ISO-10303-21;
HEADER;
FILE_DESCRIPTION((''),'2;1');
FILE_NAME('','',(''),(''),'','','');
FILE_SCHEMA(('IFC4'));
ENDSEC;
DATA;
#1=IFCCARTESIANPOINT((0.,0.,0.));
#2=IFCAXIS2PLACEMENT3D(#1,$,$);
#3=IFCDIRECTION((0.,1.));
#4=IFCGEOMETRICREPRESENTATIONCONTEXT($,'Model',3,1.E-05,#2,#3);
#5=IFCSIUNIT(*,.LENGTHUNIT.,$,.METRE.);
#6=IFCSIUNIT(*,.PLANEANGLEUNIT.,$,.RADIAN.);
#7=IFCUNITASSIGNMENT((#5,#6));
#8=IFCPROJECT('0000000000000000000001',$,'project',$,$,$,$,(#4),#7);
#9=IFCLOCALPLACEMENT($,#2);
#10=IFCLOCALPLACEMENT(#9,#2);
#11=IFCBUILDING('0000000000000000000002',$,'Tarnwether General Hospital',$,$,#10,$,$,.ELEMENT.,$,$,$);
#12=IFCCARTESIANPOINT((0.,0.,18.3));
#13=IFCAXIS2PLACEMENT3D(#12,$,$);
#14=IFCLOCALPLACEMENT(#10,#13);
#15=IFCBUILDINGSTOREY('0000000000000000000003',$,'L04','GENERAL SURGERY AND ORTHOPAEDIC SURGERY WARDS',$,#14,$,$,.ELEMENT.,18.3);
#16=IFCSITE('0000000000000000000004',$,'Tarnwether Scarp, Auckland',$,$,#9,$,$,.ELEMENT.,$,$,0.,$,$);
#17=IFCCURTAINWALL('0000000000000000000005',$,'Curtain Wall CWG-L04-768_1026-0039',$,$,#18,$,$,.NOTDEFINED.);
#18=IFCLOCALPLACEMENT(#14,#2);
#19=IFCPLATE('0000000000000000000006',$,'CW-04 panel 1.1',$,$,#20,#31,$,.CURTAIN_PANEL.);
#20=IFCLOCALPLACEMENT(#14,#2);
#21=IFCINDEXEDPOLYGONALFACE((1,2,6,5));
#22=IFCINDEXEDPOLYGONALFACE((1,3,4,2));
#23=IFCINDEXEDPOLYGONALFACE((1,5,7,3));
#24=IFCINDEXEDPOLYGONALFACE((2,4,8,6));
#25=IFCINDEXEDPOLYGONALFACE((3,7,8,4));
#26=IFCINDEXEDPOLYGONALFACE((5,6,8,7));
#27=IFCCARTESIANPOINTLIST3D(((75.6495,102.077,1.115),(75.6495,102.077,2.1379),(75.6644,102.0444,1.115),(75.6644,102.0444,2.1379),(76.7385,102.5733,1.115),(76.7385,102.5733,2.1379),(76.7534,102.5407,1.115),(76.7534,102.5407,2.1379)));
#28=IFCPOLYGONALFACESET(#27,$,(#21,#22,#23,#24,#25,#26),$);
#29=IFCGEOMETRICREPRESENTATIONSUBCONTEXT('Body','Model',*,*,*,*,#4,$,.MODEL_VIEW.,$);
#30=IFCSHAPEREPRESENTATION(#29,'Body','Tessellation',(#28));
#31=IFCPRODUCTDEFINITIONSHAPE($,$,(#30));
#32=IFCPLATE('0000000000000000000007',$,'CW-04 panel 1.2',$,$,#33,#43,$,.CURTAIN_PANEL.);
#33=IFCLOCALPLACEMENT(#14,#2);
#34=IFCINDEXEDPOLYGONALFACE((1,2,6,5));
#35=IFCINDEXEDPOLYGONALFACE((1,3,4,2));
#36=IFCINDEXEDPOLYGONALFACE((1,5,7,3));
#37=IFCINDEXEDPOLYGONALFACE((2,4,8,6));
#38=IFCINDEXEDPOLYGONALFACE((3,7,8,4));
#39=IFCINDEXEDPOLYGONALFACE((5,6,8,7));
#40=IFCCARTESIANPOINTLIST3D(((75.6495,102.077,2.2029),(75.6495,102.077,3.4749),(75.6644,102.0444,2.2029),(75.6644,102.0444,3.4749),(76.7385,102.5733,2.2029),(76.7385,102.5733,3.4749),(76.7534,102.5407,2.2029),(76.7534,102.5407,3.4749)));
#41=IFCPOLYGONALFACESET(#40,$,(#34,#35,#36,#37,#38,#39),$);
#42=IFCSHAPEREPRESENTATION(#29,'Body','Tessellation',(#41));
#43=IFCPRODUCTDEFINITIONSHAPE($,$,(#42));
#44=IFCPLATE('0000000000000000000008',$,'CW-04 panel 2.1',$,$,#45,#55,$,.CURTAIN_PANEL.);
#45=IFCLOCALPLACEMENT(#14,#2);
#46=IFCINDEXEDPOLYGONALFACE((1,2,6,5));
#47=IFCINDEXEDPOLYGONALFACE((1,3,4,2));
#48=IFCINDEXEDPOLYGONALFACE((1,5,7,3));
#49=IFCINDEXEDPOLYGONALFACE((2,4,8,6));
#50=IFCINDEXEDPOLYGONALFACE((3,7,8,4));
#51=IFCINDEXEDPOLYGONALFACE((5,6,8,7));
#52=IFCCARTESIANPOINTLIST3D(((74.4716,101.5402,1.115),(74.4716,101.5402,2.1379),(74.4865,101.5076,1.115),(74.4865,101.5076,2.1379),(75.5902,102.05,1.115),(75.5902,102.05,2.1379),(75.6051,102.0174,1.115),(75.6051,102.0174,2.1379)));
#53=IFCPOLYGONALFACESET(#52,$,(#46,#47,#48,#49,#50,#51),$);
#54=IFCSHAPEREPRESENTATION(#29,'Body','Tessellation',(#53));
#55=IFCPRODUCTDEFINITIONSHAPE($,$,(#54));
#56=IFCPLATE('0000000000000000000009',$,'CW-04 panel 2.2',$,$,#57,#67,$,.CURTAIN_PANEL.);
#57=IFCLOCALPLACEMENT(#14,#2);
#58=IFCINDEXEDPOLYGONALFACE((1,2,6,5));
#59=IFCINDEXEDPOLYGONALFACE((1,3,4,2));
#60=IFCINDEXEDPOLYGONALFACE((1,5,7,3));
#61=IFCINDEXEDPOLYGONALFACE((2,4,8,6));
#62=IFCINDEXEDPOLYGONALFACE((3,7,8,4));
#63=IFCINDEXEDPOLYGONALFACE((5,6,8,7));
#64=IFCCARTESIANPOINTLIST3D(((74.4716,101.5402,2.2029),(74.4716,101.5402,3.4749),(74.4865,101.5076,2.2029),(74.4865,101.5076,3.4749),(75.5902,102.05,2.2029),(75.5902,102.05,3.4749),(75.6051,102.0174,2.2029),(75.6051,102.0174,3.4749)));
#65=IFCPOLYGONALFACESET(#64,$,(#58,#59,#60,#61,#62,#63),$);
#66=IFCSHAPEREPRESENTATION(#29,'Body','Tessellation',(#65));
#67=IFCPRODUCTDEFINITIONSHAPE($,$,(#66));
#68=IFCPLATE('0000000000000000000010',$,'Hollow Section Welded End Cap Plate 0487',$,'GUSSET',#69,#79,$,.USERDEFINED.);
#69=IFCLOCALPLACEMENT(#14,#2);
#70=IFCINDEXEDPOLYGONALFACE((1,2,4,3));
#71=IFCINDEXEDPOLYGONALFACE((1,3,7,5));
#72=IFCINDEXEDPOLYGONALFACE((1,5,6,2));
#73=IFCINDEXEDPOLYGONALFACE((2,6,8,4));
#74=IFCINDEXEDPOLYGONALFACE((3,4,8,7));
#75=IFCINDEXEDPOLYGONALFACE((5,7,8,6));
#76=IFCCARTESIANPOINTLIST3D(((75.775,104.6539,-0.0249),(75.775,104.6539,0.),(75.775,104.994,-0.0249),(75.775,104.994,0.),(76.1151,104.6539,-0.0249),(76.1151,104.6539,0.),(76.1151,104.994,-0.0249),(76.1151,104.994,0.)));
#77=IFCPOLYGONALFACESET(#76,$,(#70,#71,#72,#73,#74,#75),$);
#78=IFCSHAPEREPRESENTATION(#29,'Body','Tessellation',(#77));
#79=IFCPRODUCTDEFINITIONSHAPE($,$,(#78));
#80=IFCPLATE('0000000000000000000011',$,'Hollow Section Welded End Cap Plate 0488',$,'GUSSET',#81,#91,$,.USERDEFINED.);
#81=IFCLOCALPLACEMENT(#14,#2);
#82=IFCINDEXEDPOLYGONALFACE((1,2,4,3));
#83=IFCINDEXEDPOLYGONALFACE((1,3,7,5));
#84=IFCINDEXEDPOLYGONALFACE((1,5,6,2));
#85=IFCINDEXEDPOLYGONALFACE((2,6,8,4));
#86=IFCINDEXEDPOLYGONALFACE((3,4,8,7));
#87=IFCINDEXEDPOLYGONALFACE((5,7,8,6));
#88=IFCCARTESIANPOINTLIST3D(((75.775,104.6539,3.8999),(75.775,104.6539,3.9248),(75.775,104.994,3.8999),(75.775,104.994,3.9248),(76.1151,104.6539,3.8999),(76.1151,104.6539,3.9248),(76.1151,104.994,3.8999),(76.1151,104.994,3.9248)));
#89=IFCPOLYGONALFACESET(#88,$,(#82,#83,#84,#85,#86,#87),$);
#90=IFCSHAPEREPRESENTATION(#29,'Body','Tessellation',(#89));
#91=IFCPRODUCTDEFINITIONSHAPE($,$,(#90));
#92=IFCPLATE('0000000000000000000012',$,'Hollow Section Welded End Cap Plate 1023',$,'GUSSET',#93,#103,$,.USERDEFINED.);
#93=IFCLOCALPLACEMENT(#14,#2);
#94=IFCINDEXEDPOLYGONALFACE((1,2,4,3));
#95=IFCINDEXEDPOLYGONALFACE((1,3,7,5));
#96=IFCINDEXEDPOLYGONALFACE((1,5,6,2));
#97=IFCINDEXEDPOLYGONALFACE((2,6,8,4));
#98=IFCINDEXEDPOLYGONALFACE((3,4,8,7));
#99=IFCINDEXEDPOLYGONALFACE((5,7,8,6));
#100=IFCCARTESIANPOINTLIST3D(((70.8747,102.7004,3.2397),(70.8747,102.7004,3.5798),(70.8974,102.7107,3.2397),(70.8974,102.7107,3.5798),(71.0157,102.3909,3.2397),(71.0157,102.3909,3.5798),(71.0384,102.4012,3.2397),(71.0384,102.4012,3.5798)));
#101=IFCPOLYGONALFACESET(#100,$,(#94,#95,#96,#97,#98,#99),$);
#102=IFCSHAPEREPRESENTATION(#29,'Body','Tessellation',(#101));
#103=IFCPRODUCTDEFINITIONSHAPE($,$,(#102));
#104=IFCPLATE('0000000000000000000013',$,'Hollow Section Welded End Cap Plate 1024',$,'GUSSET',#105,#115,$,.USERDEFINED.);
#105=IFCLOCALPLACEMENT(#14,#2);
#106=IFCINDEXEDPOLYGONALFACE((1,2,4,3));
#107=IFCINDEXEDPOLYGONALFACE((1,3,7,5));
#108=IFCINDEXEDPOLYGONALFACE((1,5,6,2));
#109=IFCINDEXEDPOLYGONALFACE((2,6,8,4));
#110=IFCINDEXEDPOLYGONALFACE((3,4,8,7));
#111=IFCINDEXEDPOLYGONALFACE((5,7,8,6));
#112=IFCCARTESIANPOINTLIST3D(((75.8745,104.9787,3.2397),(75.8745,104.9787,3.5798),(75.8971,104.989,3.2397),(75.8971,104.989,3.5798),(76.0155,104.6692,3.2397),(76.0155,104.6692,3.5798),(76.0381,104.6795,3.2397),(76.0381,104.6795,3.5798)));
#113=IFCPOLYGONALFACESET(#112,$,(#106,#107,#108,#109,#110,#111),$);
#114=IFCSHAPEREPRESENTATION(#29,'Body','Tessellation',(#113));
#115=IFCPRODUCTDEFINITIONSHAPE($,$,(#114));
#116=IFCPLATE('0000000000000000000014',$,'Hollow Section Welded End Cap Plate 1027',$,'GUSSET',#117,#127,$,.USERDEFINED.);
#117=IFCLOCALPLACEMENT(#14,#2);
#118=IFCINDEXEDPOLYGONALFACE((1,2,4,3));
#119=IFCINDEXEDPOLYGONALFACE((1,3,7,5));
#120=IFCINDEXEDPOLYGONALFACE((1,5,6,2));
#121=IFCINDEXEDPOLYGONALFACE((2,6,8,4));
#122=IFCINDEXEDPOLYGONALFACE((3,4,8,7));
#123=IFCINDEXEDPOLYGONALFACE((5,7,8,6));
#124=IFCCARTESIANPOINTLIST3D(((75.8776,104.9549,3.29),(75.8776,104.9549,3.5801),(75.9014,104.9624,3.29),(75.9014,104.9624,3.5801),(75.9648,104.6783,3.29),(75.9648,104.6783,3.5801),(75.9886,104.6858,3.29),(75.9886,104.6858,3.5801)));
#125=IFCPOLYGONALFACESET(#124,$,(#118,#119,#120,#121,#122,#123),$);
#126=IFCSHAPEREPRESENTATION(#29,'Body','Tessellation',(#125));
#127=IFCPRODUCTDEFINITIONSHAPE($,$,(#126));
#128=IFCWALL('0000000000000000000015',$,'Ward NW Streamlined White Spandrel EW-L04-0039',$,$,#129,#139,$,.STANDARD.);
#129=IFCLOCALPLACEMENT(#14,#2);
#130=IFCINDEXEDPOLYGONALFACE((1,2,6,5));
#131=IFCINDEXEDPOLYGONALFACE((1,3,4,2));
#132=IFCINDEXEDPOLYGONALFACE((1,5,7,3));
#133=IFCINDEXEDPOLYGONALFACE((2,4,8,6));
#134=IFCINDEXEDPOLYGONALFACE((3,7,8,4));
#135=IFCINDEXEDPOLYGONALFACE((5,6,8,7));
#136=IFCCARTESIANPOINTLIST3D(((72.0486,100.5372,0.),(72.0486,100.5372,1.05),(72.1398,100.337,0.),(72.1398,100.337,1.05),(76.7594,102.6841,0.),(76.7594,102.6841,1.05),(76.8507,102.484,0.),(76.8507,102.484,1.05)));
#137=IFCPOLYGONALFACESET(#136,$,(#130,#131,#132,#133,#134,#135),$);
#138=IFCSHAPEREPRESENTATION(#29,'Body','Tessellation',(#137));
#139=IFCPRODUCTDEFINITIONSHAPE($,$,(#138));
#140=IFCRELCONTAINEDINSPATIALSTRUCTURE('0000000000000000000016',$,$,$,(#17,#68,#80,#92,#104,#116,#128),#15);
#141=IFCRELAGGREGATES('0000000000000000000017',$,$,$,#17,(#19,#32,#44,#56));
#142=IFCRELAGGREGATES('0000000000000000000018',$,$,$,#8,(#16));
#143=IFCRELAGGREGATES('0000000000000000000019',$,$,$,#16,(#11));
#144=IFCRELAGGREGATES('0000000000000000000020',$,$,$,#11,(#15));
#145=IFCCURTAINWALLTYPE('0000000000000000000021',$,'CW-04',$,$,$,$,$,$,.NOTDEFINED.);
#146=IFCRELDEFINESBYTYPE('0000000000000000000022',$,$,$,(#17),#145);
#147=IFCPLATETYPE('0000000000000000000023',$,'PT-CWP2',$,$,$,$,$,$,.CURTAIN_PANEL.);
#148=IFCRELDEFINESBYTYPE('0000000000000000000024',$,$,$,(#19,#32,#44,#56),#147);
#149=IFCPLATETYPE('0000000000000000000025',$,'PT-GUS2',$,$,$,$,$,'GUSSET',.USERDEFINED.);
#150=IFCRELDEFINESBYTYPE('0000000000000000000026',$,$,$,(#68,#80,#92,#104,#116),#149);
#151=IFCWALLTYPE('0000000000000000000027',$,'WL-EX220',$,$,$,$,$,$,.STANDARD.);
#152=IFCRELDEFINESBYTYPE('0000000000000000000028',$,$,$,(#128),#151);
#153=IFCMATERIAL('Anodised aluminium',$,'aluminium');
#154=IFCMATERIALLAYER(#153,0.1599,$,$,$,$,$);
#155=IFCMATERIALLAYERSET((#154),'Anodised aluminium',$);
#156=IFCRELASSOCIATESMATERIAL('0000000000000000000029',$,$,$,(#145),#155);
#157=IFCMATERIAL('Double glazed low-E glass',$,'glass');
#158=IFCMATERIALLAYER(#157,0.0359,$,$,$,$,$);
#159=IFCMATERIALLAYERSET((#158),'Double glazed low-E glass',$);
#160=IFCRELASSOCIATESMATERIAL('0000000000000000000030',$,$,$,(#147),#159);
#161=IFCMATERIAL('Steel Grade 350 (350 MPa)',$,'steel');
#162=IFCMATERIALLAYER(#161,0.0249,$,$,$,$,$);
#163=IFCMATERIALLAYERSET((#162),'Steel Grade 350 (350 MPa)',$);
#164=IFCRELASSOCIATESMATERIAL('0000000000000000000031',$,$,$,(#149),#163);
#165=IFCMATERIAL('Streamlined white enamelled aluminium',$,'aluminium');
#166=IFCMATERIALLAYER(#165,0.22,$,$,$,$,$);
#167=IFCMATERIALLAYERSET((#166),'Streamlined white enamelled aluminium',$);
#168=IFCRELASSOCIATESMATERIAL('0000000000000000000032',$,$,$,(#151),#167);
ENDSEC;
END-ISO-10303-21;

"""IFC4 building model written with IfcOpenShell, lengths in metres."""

from ifc_helpers import new_model, si_unit, direction, frame, frame_2d, origin, origin_2d, place, context, subcontext, project, spatial, rectangle, extrude, material, layer, layer_set, type_object, element, aggregate, save


model = new_model("IFC4")

# Units and contexts
model_context = context("Model", 3, precision=1e-05, world=origin(), true_north=direction((0.0, 1.0)))
body_context = subcontext(model_context, "Body", "Model", "MODEL_VIEW")
ifc_project = project(units=[si_unit("LENGTHUNIT", "METRE"), si_unit("PLANEANGLEUNIT", "RADIAN")], contexts=[model_context])

# Site, building, storey
site_placement = place(None, origin())
site = spatial("IfcSite", under=ifc_project, at=site_placement, Name="Tarnwether Scarp, Auckland", CompositionType="ELEMENT", RefElevation=0.0)
building_placement = place(site_placement, origin())
building = spatial("IfcBuilding", under=site, at=building_placement, Name="Tarnwether General Hospital", CompositionType="ELEMENT")
storey_placement = place(building_placement, frame((0.0, 0.0, 18.3)))
storey = spatial("IfcBuildingStorey", under=building, at=storey_placement, Name="L04", Description="GENERAL SURGERY AND ORTHOPAEDIC SURGERY WARDS", CompositionType="ELEMENT", Elevation=18.3)

# Curtain wall
ifc_material_1 = material(Name="Anodised aluminium", Category="aluminium")
ifc_layer_1 = layer(ifc_material_1, 0.1599)
ifc_layer_set_1 = layer_set([ifc_layer_1], Name="Anodised aluminium")
curtain_wall_type = type_object("IfcCurtainWallType", Name="CW-04", PredefinedType="NOTDEFINED", material=ifc_layer_set_1)
curtain_wall_1_placement = place(storey_placement, origin())
curtain_wall_1 = element("IfcCurtainWall", 1, at=curtain_wall_1_placement, inside=storey, type_object=curtain_wall_type, Name="Curtain Wall CWG-L04-768_1026-0039", PredefinedType="NOTDEFINED")

# Plates
ifc_material_2 = material(Name="Double glazed low-E glass", Category="glass")
ifc_layer_2 = layer(ifc_material_2, 0.0359)
ifc_layer_set_2 = layer_set([ifc_layer_2], Name="Double glazed low-E glass")
plate_type_1 = type_object("IfcPlateType", Name="PT-CWP2", PredefinedType="CURTAIN_PANEL", material=ifc_layer_set_2)
plate_1_placement = place(storey_placement, frame((76.2014, 102.3088, 1.115), z_axis=(0.0, 0.0, 1.0), x_axis=(-0.909956, -0.414705, 0.0)))
plate_1 = element("IfcPlate", 2, at=plate_1_placement, type_object=plate_type_1, Name="CW-04 panel 1.1", PredefinedType="CURTAIN_PANEL", context=body_context, shape_type="SweptSolid", body=[
    extrude(rectangle(XDim=1.1968, YDim=0.0359, at=origin_2d()), origin(), (0.0, 0.0, 1.0), 1.0229),
])
plate_2_placement = place(storey_placement, frame((76.2014, 102.3088, 2.2029), z_axis=(0.0, 0.0, 1.0), x_axis=(-0.909956, -0.414705, 0.0)))
plate_2 = element("IfcPlate", 3, at=plate_2_placement, type_object=plate_type_1, Name="CW-04 panel 1.2", PredefinedType="CURTAIN_PANEL", context=body_context, shape_type="SweptSolid", body=[
    extrude(rectangle(XDim=1.1968, YDim=0.0359, at=origin_2d()), origin(), (0.0, 0.0, 1.0), 1.272),
])
plate_3_placement = place(storey_placement, frame((75.0383, 101.7788, 1.115), z_axis=(0.0, 0.0, 1.0), x_axis=(-0.909956, -0.414705, 0.0)))
plate_3 = element("IfcPlate", 4, at=plate_3_placement, type_object=plate_type_1, Name="CW-04 panel 2.1", PredefinedType="CURTAIN_PANEL", context=body_context, shape_type="SweptSolid", body=[
    extrude(rectangle(XDim=1.2292, YDim=0.0359, at=origin_2d()), origin(), (0.0, 0.0, 1.0), 1.0229),
])
plate_4_placement = place(storey_placement, frame((75.0383, 101.7788, 2.2029), z_axis=(0.0, 0.0, 1.0), x_axis=(-0.909956, -0.414705, 0.0)))
plate_4 = element("IfcPlate", 5, at=plate_4_placement, type_object=plate_type_1, Name="CW-04 panel 2.2", PredefinedType="CURTAIN_PANEL", context=body_context, shape_type="SweptSolid", body=[
    extrude(rectangle(XDim=1.2292, YDim=0.0359, at=origin_2d()), origin(), (0.0, 0.0, 1.0), 1.272),
])
aggregate(curtain_wall_1, [plate_1, plate_2, plate_3, plate_4])

# Plates
ifc_material_3 = material(Name="Steel Grade 350 (350 MPa)", Category="steel")
ifc_layer_3 = layer(ifc_material_3, 0.0249)
ifc_layer_set_3 = layer_set([ifc_layer_3], Name="Steel Grade 350 (350 MPa)")
plate_type_2 = type_object("IfcPlateType", Name="PT-GUS2", ElementType="GUSSET", PredefinedType="USERDEFINED", material=ifc_layer_set_3)
for number, where, z_axis, x_axis, name in (
    (6, (75.9451, 104.824, -0.0249), (0.0, 0.0, 1.0), (1.0, 0.0, 0.0), "Hollow Section Welded End Cap Plate 0487"),
    (7, (75.9451, 104.824, 3.8999), (0.0, 0.0, 1.0), (1.0, 0.0, 0.0), "Hollow Section Welded End Cap Plate 0488"),
):
    element("IfcPlate", number, at=place(storey_placement, frame(where, z_axis=z_axis, x_axis=x_axis)), inside=storey, type_object=plate_type_2, Name=name, ObjectType="GUSSET", PredefinedType="USERDEFINED", context=body_context, shape_type="SweptSolid", body=[
        extrude(rectangle(XDim=0.3401, YDim=0.3401, at=origin_2d()), origin(), (0.0, 0.0, 1.0), 0.0249),
    ])
for number, where, z_axis, x_axis, name in (
    (8, (70.9565, 102.5508, 3.2397), (0.0, 0.0, 1.0), (0.909969, 0.414677, 0.0), "Hollow Section Welded End Cap Plate 1023"),
    (9, (75.9563, 104.8291, 3.2397), (0.0, 0.0, 1.0), (0.909969, 0.414677, 0.0), "Hollow Section Welded End Cap Plate 1024"),
):
    element("IfcPlate", number, at=place(storey_placement, frame(where, z_axis=z_axis, x_axis=x_axis)), inside=storey, type_object=plate_type_2, Name=name, ObjectType="GUSSET", PredefinedType="USERDEFINED", context=body_context, shape_type="SweptSolid", body=[
        extrude(rectangle(XDim=0.0249, YDim=0.3401, at=origin_2d()), origin(), (0.0, 0.0, 1.0), 0.3401),
    ])
plate_5_placement = place(storey_placement, frame((75.9331, 104.8203, 3.29), z_axis=(0.0, 0.0, 1.0), x_axis=(0.953712, 0.300722, 0.0)))
element("IfcPlate", 10, at=plate_5_placement, inside=storey, type_object=plate_type_2, Name="Hollow Section Welded End Cap Plate 1027", ObjectType="GUSSET", PredefinedType="USERDEFINED", context=body_context, shape_type="SweptSolid", body=[
    extrude(rectangle(XDim=0.0249, YDim=0.29, at=origin_2d()), origin(), (0.0, 0.0, 1.0), 0.29),
])

# Wall
ifc_material_4 = material(Name="Streamlined white enamelled aluminium", Category="aluminium")
ifc_layer_4 = layer(ifc_material_4, 0.22)
ifc_layer_set_4 = layer_set([ifc_layer_4], Name="Streamlined white enamelled aluminium")
wall_type = type_object("IfcWallType", Name="WL-EX220", PredefinedType="STANDARD", material=ifc_layer_set_4)
wall_placement = place(storey_placement, frame((76.8049, 102.584, 0.0), z_axis=(0.0, 0.0, 1.0), x_axis=(-0.909956, -0.414705, 0.0)))
element("IfcWall", 11, at=wall_placement, inside=storey, type_object=wall_type, Name="Ward NW Streamlined White Spandrel EW-L04-0039", PredefinedType="STANDARD", context=body_context, shape_type="SweptSolid", body=[
    extrude(rectangle(XDim=5.177, YDim=0.22, at=frame_2d((2.5884, 0.0))), origin(), (0.0, 0.0, 1.0), 1.05),
])

save(model, "model.ifc")
